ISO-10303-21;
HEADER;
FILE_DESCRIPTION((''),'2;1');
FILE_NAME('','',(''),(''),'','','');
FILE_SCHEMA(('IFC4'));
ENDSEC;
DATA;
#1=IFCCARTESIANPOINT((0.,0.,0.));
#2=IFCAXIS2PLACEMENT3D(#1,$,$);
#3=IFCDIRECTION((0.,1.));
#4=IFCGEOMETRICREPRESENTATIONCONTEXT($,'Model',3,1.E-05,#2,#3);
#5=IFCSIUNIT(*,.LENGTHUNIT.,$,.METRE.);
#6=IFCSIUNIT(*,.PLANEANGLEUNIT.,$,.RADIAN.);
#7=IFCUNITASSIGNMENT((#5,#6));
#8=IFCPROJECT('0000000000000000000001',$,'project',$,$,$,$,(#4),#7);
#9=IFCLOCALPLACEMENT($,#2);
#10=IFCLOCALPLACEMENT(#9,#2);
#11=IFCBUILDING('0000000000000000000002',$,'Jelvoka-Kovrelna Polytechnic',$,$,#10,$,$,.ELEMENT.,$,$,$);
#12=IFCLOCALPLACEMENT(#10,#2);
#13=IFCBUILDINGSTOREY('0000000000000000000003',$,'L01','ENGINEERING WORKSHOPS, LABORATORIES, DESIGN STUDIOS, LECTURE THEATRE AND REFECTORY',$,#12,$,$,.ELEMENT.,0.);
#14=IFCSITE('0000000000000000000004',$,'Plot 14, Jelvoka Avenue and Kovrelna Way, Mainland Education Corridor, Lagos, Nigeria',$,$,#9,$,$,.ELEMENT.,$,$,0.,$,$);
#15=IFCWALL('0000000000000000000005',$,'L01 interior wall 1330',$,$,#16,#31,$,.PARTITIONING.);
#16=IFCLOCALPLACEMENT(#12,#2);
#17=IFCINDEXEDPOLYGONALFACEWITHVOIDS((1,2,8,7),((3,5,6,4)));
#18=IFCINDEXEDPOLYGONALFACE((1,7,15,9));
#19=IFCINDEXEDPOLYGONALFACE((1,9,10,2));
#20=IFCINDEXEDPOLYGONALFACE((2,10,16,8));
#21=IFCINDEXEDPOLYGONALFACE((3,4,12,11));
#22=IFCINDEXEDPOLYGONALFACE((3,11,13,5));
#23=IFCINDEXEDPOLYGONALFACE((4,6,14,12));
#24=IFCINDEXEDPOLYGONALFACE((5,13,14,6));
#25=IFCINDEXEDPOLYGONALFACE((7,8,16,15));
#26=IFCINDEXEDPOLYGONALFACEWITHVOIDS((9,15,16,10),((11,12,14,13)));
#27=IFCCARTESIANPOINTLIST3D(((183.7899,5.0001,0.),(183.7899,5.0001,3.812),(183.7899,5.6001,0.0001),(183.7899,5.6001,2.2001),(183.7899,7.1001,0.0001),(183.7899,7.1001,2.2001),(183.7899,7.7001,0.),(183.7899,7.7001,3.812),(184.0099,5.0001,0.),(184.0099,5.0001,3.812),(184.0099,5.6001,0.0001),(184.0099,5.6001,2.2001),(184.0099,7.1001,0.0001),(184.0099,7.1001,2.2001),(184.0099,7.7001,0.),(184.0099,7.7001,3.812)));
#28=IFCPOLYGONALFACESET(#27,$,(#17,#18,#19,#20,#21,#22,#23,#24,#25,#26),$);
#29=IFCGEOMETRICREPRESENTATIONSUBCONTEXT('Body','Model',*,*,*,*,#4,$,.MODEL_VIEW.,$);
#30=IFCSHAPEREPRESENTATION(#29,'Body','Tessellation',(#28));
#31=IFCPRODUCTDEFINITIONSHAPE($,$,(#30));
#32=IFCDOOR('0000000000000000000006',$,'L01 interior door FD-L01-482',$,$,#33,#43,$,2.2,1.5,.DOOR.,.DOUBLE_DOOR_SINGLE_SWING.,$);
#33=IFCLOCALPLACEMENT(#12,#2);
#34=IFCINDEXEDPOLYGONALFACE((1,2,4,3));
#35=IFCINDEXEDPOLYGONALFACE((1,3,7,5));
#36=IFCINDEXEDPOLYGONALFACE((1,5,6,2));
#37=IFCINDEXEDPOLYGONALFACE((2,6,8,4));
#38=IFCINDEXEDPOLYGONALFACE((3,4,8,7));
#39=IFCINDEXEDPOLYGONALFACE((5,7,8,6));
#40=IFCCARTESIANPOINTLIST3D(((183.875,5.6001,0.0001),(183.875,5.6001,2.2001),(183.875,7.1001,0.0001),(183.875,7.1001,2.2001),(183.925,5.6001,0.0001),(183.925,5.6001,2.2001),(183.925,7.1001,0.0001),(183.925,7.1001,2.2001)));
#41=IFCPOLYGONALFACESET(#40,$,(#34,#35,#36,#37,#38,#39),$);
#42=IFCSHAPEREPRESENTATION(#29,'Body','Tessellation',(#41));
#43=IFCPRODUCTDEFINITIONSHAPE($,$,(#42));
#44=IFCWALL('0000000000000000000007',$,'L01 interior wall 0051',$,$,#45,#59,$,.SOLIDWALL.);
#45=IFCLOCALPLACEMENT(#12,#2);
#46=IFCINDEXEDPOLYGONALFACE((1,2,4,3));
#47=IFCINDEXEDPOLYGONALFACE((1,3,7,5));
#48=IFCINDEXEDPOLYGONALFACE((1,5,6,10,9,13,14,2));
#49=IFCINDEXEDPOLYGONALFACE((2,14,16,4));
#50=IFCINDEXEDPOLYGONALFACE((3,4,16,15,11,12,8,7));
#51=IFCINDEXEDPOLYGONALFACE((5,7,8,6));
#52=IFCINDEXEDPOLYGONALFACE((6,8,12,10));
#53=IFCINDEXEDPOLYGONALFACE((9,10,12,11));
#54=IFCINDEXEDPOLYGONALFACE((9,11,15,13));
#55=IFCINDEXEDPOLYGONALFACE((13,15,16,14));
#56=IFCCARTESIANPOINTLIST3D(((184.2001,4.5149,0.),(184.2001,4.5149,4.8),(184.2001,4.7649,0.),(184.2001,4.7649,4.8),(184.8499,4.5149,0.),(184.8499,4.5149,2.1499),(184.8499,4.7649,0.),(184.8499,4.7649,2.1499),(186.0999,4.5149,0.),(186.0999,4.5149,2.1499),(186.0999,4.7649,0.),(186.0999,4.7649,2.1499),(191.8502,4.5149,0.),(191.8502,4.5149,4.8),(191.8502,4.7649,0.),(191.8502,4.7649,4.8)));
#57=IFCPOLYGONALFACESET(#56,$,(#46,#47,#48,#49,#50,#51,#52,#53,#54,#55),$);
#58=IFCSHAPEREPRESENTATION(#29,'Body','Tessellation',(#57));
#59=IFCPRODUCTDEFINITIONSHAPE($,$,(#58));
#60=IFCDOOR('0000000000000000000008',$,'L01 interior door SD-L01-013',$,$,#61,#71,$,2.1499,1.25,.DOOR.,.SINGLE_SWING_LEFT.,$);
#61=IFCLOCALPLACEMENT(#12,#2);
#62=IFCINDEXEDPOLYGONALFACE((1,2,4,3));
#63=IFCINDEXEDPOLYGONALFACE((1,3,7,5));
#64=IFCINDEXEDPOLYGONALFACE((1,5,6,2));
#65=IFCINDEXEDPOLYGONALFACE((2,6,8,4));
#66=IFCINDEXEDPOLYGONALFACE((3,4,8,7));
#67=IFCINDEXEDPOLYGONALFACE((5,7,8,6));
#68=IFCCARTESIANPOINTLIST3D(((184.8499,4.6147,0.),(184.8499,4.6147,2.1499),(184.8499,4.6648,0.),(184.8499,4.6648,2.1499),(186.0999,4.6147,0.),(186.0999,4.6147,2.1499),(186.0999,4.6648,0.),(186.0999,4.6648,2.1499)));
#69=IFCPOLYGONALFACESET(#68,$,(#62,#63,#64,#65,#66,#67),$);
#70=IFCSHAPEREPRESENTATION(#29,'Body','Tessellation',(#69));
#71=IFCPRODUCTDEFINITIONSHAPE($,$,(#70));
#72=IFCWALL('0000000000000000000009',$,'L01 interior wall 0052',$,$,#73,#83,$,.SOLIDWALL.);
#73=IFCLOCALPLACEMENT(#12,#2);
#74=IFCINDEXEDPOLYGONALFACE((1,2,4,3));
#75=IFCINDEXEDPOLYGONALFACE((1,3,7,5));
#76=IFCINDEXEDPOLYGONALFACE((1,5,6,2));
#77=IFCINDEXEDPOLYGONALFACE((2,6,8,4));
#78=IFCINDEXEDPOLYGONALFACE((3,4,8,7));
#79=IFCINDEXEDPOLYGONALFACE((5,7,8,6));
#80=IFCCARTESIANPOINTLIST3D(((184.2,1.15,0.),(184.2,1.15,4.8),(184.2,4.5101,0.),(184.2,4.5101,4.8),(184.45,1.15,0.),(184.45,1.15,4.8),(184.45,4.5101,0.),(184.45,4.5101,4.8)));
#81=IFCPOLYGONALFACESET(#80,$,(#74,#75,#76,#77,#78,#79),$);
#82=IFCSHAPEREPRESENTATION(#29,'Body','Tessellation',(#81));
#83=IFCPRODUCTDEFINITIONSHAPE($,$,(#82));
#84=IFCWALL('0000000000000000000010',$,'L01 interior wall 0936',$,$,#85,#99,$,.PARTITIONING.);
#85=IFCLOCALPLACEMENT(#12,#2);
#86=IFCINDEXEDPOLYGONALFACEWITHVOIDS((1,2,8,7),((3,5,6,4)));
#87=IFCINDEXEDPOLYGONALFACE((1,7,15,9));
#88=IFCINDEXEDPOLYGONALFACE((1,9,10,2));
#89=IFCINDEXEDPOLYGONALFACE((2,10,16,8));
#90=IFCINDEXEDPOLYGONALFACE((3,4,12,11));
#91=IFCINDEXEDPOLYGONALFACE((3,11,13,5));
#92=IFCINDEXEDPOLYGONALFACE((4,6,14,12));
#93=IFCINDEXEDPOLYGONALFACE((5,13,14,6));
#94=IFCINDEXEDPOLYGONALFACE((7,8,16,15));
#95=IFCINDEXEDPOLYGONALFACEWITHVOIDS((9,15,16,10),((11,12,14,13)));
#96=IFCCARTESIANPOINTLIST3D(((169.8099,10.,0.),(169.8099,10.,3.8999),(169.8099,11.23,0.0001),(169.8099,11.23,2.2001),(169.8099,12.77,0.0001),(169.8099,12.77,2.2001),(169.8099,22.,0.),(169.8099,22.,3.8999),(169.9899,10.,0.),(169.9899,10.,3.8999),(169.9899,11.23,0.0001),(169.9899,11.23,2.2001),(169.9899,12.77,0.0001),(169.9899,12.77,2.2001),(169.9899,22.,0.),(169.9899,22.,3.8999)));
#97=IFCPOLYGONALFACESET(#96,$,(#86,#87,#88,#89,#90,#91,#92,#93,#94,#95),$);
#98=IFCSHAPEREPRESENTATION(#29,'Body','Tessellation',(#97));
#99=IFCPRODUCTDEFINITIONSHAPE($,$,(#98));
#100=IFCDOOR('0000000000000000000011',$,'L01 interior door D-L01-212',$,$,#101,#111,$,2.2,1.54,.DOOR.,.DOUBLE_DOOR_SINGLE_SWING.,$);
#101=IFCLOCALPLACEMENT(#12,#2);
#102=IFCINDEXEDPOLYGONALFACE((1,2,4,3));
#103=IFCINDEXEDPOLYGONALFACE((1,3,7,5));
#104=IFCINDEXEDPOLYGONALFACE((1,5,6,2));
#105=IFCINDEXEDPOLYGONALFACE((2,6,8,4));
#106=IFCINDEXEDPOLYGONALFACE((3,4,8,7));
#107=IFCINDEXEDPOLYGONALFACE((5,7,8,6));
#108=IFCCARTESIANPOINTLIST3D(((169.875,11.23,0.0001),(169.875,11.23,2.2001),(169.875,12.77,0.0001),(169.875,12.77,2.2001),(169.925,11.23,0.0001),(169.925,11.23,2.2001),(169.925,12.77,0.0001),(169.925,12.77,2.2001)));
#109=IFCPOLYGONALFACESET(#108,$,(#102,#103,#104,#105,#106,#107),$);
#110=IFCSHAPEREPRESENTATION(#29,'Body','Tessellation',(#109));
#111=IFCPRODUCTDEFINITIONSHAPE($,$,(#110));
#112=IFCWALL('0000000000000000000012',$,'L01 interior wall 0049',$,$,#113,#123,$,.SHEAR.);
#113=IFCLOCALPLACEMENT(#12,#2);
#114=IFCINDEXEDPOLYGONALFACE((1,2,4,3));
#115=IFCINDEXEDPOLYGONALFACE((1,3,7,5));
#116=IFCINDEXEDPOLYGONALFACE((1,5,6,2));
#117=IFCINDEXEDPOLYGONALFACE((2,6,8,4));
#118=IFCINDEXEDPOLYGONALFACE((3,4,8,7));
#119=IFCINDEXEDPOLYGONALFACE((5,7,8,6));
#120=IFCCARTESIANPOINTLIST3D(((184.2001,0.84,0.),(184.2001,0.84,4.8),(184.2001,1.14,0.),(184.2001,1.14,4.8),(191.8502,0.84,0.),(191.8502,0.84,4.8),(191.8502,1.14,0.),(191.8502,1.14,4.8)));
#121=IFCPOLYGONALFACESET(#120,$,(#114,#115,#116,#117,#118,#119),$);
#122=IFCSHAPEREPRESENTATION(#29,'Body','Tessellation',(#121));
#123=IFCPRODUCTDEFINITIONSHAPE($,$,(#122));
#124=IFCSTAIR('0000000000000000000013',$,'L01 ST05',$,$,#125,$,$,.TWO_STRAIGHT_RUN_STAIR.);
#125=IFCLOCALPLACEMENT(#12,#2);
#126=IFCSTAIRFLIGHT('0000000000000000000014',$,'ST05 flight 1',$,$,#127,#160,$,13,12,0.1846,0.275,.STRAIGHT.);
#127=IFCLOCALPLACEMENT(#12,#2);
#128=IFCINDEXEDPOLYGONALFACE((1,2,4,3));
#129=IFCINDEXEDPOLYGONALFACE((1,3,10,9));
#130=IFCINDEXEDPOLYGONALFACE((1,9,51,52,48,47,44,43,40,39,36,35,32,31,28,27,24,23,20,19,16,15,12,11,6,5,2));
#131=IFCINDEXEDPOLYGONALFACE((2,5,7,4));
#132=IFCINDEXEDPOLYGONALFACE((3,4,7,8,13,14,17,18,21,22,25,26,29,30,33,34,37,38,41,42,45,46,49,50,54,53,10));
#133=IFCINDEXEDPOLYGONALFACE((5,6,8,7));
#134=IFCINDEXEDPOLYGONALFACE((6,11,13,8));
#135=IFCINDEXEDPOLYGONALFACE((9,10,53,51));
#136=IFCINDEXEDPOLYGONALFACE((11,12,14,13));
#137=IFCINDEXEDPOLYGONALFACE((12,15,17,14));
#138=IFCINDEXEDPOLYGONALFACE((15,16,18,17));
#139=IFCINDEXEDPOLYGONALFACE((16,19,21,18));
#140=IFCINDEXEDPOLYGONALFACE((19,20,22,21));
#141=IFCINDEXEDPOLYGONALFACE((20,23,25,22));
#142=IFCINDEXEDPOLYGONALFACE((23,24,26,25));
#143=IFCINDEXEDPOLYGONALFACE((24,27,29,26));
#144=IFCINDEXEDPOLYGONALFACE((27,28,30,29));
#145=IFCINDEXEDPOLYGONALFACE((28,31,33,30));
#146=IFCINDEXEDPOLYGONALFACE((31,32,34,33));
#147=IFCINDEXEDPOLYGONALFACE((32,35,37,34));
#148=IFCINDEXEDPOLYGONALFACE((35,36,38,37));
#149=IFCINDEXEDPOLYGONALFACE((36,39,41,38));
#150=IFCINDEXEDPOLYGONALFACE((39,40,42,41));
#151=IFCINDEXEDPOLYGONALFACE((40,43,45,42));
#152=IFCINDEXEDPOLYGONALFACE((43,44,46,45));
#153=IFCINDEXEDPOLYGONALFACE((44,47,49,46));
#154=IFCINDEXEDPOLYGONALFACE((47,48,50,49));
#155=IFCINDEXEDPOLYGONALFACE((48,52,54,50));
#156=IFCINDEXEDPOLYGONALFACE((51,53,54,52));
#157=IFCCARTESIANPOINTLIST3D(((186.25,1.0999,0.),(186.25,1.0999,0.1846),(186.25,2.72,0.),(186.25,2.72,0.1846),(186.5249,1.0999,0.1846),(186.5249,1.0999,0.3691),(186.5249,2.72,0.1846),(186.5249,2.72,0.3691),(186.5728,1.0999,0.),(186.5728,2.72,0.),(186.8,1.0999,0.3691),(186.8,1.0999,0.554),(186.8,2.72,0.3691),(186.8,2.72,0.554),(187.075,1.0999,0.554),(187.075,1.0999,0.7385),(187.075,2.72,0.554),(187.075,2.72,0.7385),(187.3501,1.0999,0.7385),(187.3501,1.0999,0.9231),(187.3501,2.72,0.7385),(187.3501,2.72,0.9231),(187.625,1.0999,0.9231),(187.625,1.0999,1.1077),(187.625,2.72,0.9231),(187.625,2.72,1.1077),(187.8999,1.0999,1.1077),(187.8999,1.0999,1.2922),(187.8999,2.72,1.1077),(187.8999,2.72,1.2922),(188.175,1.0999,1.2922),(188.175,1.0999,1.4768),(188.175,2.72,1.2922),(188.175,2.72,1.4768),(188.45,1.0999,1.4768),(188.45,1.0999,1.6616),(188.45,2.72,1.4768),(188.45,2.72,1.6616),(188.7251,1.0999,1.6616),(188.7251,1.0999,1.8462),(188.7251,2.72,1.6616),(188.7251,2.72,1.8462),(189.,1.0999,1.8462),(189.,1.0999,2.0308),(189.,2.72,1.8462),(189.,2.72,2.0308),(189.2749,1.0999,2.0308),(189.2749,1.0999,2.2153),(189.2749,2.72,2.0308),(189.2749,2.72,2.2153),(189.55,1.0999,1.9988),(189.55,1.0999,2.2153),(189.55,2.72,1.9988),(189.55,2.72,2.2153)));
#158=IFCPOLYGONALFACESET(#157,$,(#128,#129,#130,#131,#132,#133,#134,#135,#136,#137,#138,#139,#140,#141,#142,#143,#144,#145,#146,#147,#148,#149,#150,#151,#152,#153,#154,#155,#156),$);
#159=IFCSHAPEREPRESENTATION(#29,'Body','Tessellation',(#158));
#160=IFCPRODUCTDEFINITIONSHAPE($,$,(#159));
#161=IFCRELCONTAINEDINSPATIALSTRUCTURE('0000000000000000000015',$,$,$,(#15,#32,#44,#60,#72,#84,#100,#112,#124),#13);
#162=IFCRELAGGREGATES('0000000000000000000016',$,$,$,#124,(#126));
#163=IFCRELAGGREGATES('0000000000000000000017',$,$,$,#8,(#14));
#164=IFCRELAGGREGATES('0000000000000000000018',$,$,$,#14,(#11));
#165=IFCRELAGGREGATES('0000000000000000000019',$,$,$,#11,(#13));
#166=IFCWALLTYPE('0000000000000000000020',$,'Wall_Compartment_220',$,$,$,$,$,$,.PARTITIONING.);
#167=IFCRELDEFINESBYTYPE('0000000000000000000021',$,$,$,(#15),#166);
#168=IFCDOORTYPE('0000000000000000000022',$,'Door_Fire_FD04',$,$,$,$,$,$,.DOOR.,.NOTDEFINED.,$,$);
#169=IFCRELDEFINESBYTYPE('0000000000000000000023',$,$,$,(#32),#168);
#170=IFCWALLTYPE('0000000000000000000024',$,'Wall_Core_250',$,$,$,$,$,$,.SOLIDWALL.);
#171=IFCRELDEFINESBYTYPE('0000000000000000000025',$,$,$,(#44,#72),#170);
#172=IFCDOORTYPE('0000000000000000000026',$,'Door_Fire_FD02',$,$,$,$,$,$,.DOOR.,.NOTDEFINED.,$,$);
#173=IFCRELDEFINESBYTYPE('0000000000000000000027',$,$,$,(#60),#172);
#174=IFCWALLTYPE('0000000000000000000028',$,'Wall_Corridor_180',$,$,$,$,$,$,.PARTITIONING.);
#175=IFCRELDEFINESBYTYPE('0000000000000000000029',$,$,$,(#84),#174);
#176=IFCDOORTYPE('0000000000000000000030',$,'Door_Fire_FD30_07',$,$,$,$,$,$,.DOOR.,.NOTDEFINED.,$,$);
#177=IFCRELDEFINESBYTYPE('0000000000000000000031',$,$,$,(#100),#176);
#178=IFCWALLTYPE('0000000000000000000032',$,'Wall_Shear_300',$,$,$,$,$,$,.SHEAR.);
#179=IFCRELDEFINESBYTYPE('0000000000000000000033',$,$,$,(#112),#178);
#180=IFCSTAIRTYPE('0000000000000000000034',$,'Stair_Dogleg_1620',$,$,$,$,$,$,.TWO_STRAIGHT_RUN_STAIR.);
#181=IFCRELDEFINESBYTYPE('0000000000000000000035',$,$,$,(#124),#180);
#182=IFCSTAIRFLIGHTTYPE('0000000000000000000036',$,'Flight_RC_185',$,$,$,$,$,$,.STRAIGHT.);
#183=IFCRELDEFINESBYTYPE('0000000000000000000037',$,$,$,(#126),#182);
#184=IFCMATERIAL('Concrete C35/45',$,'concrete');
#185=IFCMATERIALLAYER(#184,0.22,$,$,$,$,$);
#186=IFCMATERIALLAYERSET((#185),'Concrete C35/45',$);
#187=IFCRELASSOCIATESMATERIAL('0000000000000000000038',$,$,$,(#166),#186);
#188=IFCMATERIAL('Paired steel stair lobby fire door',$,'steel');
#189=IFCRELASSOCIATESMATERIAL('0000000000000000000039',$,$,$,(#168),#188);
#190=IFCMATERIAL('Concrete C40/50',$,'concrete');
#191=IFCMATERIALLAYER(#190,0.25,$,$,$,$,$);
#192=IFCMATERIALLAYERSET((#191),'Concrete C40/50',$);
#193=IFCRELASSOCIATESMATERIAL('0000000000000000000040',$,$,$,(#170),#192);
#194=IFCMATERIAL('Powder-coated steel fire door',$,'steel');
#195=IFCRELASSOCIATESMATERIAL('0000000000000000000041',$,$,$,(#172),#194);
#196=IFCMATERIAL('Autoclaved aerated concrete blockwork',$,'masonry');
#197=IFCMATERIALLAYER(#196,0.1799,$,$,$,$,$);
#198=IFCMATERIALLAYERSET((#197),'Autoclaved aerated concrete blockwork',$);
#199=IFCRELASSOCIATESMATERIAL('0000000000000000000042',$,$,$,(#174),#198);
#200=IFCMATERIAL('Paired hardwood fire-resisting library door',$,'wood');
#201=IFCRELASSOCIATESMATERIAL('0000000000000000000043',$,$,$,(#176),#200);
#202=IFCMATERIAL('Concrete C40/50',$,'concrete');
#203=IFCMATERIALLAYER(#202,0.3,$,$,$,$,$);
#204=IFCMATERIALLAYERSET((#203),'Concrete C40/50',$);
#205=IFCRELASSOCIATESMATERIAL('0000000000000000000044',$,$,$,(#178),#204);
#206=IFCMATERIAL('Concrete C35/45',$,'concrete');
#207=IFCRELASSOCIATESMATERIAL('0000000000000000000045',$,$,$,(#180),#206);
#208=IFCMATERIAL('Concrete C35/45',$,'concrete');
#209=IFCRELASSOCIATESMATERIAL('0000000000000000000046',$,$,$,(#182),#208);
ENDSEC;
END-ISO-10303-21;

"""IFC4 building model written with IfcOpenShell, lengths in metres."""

from ifc_helpers import new_model, si_unit, direction, frame, frame_2d, origin, place, context, subcontext, project, spatial, polyline, rectangle, outline, extrude, material, layer, layer_set, type_object, element, fill, aggregate, save


model = new_model("IFC4")

# Units and contexts
model_context = context("Model", 3, precision=1e-05, world=origin(), true_north=direction((0.0, 1.0)))
body_context = subcontext(model_context, "Body", "Model", "MODEL_VIEW")
ifc_project = project(units=[si_unit("LENGTHUNIT", "METRE"), si_unit("PLANEANGLEUNIT", "RADIAN")], contexts=[model_context])

# Site, building, storey
site_placement = place(None, origin())
site = spatial("IfcSite", under=ifc_project, at=site_placement, Name="Plot 14, Jelvoka Avenue and Kovrelna Way, Mainland Education Corridor, Lagos, Nigeria", CompositionType="ELEMENT", RefElevation=0.0)
building_placement = place(site_placement, origin())
building = spatial("IfcBuilding", under=site, at=building_placement, Name="Jelvoka-Kovrelna Polytechnic", CompositionType="ELEMENT")
storey_placement = place(building_placement, origin())
storey = spatial("IfcBuildingStorey", under=building, at=storey_placement, Name="L01", Description="ENGINEERING WORKSHOPS, LABORATORIES, DESIGN STUDIOS, LECTURE THEATRE AND REFECTORY", CompositionType="ELEMENT", Elevation=0.0)

# Walls, openings, doors
ifc_material_1 = material(Name="Concrete C35/45", Category="concrete")
ifc_layer_1 = layer(ifc_material_1, 0.22)
ifc_layer_set_1 = layer_set([ifc_layer_1], Name="Concrete C35/45")
wall_type_1 = type_object("IfcWallType", Name="Wall_Compartment_220", PredefinedType="PARTITIONING", material=ifc_layer_set_1)
ifc_material_2 = material(Name="Paired steel stair lobby fire door", Category="steel")
door_type_1 = type_object("IfcDoorType", Name="Door_Fire_FD04", OperationType="NOTDEFINED", PredefinedType="DOOR", material=ifc_material_2)
wall_1_placement = place(storey_placement, frame((183.8999, 5.0, 0.0), z_axis=(0.0, 0.0, 1.0), x_axis=(0.0, 1.0, 0.0)))
wall_1 = element("IfcWall", 1, at=wall_1_placement, inside=storey, type_object=wall_type_1, Name="L01 interior wall 1330", PredefinedType="PARTITIONING", context=body_context, shape_type="SweptSolid", body=[
    extrude(rectangle(XDim=2.7, YDim=0.22, at=frame_2d((1.3501, 0.0))), origin(), (0.0, 0.0, 1.0), 3.812),
])
opening_1_placement = place(wall_1_placement, frame((0.6001, 0.0, 0.0)))
opening_1 = element("IfcOpeningElement", 2, at=opening_1_placement, cuts=wall_1, PredefinedType="OPENING", context=body_context, shape_type="SweptSolid", body=[
    extrude(rectangle(XDim=1.5, YDim=2.2, at=frame_2d((0.75, 1.1001))), frame((0.0, 0.1199, 0.0), z_axis=(0.0, -1.0, 0.0), x_axis=(1.0, 0.0, 0.0)), (0.0, 0.0, 1.0), 0.24),
])
door_1_placement = place(opening_1_placement, origin())
door_1 = element("IfcDoor", 3, at=door_1_placement, inside=storey, type_object=door_type_1, Name="L01 interior door FD-L01-482", OperationType="DOUBLE_DOOR_SINGLE_SWING", OverallHeight=2.2, OverallWidth=1.5, PredefinedType="DOOR", context=body_context, shape_type="SweptSolid", body=[
    extrude(rectangle(XDim=1.5, YDim=2.2, at=frame_2d((0.75, 1.1001))), frame((0.0, 0.0249, 0.0), z_axis=(0.0, -1.0, 0.0), x_axis=(1.0, 0.0, 0.0)), (0.0, 0.0, 1.0), 0.05),
])
fill(opening_1, door_1)
ifc_material_3 = material(Name="Concrete C40/50", Category="concrete")
ifc_layer_2 = layer(ifc_material_3, 0.25)
ifc_layer_set_2 = layer_set([ifc_layer_2], Name="Concrete C40/50")
wall_type_2 = type_object("IfcWallType", Name="Wall_Core_250", PredefinedType="SOLIDWALL", material=ifc_layer_set_2)
wall_2_placement = place(storey_placement, frame((184.2, 4.6399, 0.0), z_axis=(0.0, 0.0, 1.0), x_axis=(1.0, 0.0, 0.0)))
wall_2 = element("IfcWall", 4, at=wall_2_placement, inside=storey, type_object=wall_type_2, Name="L01 interior wall 0051", PredefinedType="SOLIDWALL", context=body_context, shape_type="SweptSolid", body=[
    extrude(rectangle(XDim=7.6501, YDim=0.25, at=frame_2d((3.8252, 0.0))), origin(), (0.0, 0.0, 1.0), 4.8),
])
opening_2_placement = place(wall_2_placement, frame((0.6499, 0.0, 0.0)))
opening_2 = element("IfcOpeningElement", 5, at=opening_2_placement, cuts=wall_2, PredefinedType="OPENING", context=body_context, shape_type="SweptSolid", body=[
    extrude(rectangle(XDim=1.25, YDim=2.1499, at=frame_2d((0.625, 1.075))), frame((0.0, 0.135, 0.0), z_axis=(0.0, -1.0, 0.0), x_axis=(1.0, 0.0, 0.0)), (0.0, 0.0, 1.0), 0.27),
])
ifc_material_4 = material(Name="Powder-coated steel fire door", Category="steel")
door_type_2 = type_object("IfcDoorType", Name="Door_Fire_FD02", OperationType="NOTDEFINED", PredefinedType="DOOR", material=ifc_material_4)
door_2_placement = place(opening_2_placement, origin())
door_2 = element("IfcDoor", 6, at=door_2_placement, inside=storey, type_object=door_type_2, Name="L01 interior door SD-L01-013", OperationType="SINGLE_SWING_LEFT", OverallHeight=2.1499, OverallWidth=1.25, PredefinedType="DOOR", context=body_context, shape_type="SweptSolid", body=[
    extrude(rectangle(XDim=1.25, YDim=2.1499, at=frame_2d((0.625, 1.075))), frame((0.0, 0.0249, 0.0), z_axis=(0.0, -1.0, 0.0), x_axis=(1.0, 0.0, 0.0)), (0.0, 0.0, 1.0), 0.05),
])
fill(opening_2, door_2)

# Wall
wall_3_placement = place(storey_placement, frame((184.325, 1.1499, 0.0), z_axis=(0.0, 0.0, 1.0), x_axis=(0.0, 1.0, 0.0)))
element("IfcWall", 7, at=wall_3_placement, inside=storey, type_object=wall_type_2, Name="L01 interior wall 0052", PredefinedType="SOLIDWALL", context=body_context, shape_type="SweptSolid", body=[
    extrude(rectangle(XDim=3.3601, YDim=0.25, at=frame_2d((1.6802, 0.0))), origin(), (0.0, 0.0, 1.0), 4.8),
])

# Wall, opening, door
ifc_material_5 = material(Name="Autoclaved aerated concrete blockwork", Category="masonry")
ifc_layer_3 = layer(ifc_material_5, 0.1799)
ifc_layer_set_3 = layer_set([ifc_layer_3], Name="Autoclaved aerated concrete blockwork")
wall_type_3 = type_object("IfcWallType", Name="Wall_Corridor_180", PredefinedType="PARTITIONING", material=ifc_layer_set_3)
wall_4_placement = place(storey_placement, frame((169.8999, 10.0, 0.0), z_axis=(0.0, 0.0, 1.0), x_axis=(0.0, 1.0, 0.0)))
wall_4 = element("IfcWall", 8, at=wall_4_placement, inside=storey, type_object=wall_type_3, Name="L01 interior wall 0936", PredefinedType="PARTITIONING", context=body_context, shape_type="SweptSolid", body=[
    extrude(rectangle(XDim=12.0, YDim=0.1799, at=frame_2d((6.0, 0.0))), origin(), (0.0, 0.0, 1.0), 3.8999),
])
opening_3_placement = place(wall_4_placement, frame((1.23, 0.0, 0.0)))
opening_3 = element("IfcOpeningElement", 9, at=opening_3_placement, cuts=wall_4, PredefinedType="OPENING", context=body_context, shape_type="SweptSolid", body=[
    extrude(rectangle(XDim=1.54, YDim=2.2, at=frame_2d((0.77, 1.1001))), frame((0.0, 0.0999, 0.0), z_axis=(0.0, -1.0, 0.0), x_axis=(1.0, 0.0, 0.0)), (0.0, 0.0, 1.0), 0.2),
])
ifc_material_6 = material(Name="Paired hardwood fire-resisting library door", Category="wood")
door_type_3 = type_object("IfcDoorType", Name="Door_Fire_FD30_07", OperationType="NOTDEFINED", PredefinedType="DOOR", material=ifc_material_6)
door_3_placement = place(opening_3_placement, origin())
door_3 = element("IfcDoor", 10, at=door_3_placement, inside=storey, type_object=door_type_3, Name="L01 interior door D-L01-212", OperationType="DOUBLE_DOOR_SINGLE_SWING", OverallHeight=2.2, OverallWidth=1.54, PredefinedType="DOOR", context=body_context, shape_type="SweptSolid", body=[
    extrude(rectangle(XDim=1.54, YDim=2.2, at=frame_2d((0.77, 1.1001))), frame((0.0, 0.0249, 0.0), z_axis=(0.0, -1.0, 0.0), x_axis=(1.0, 0.0, 0.0)), (0.0, 0.0, 1.0), 0.05),
])
fill(opening_3, door_3)

# Wall
ifc_material_7 = material(Name="Concrete C40/50", Category="concrete")
ifc_layer_4 = layer(ifc_material_7, 0.3)
ifc_layer_set_4 = layer_set([ifc_layer_4], Name="Concrete C40/50")
wall_type_4 = type_object("IfcWallType", Name="Wall_Shear_300", PredefinedType="SHEAR", material=ifc_layer_set_4)
wall_5_placement = place(storey_placement, frame((184.2, 0.99, 0.0), z_axis=(0.0, 0.0, 1.0), x_axis=(1.0, 0.0, 0.0)))
element("IfcWall", 11, at=wall_5_placement, inside=storey, type_object=wall_type_4, Name="L01 interior wall 0049", PredefinedType="SHEAR", context=body_context, shape_type="SweptSolid", body=[
    extrude(rectangle(XDim=7.6501, YDim=0.3, at=frame_2d((3.8252, 0.0))), origin(), (0.0, 0.0, 1.0), 4.8),
])

# Stair, stair flight
ifc_material_8 = material(Name="Concrete C35/45", Category="concrete")
stair_type = type_object("IfcStairType", Name="Stair_Dogleg_1620", PredefinedType="TWO_STRAIGHT_RUN_STAIR", material=ifc_material_8)
stair_placement = place(storey_placement, origin())
stair = element("IfcStair", 12, at=stair_placement, inside=storey, type_object=stair_type, Name="L01 ST05", PredefinedType="TWO_STRAIGHT_RUN_STAIR")
ifc_material_9 = material(Name="Concrete C35/45", Category="concrete")
stair_flight_type = type_object("IfcStairFlightType", Name="Flight_RC_185", PredefinedType="STRAIGHT", material=ifc_material_9)
stair_flight_placement = place(storey_placement, frame((186.25, 1.9099, 0.0), z_axis=(0.0, 0.0, 1.0), x_axis=(1.0, 0.0, 0.0)))
stair_flight = element("IfcStairFlight", 13, at=stair_flight_placement, type_object=stair_flight_type, Name="ST05 flight 1", NumberOfRisers=13, NumberOfTreads=12, PredefinedType="STRAIGHT", RiserHeight=0.1846, TreadLength=0.275, context=body_context, shape_type="SweptSolid", body=[
    extrude(outline(polyline([(0.0, 0.0), (0.0, 0.1846), (0.2749, 0.1846), (0.2749, 0.3691), (0.55, 0.3691), (0.55, 0.554), (0.825, 0.554), (0.825, 0.7385), (1.1001, 0.7385), (1.1001, 0.9231), (1.375, 0.9231), (1.375, 1.1077), (1.6499, 1.1077), (1.6499, 1.2922), (1.925, 1.2922), (1.925, 1.4768), (2.2, 1.4768), (2.2, 1.6616), (2.4751, 1.6616), (2.4751, 1.8462), (2.75, 1.8462), (2.75, 2.0308), (3.0249, 2.0308), (3.0249, 2.2153), (3.3, 2.2153), (3.3, 2.3999), (3.3, 1.9988), (0.3228, 0.0), (0.0, 0.0)])), frame((0.0, 0.8101, 0.0), z_axis=(0.0, -1.0, 0.0), x_axis=(1.0, 0.0, 0.0)), (0.0, 0.0, 1.0), 1.6201),
])
aggregate(stair, [stair_flight])

save(model, "model.ifc")
